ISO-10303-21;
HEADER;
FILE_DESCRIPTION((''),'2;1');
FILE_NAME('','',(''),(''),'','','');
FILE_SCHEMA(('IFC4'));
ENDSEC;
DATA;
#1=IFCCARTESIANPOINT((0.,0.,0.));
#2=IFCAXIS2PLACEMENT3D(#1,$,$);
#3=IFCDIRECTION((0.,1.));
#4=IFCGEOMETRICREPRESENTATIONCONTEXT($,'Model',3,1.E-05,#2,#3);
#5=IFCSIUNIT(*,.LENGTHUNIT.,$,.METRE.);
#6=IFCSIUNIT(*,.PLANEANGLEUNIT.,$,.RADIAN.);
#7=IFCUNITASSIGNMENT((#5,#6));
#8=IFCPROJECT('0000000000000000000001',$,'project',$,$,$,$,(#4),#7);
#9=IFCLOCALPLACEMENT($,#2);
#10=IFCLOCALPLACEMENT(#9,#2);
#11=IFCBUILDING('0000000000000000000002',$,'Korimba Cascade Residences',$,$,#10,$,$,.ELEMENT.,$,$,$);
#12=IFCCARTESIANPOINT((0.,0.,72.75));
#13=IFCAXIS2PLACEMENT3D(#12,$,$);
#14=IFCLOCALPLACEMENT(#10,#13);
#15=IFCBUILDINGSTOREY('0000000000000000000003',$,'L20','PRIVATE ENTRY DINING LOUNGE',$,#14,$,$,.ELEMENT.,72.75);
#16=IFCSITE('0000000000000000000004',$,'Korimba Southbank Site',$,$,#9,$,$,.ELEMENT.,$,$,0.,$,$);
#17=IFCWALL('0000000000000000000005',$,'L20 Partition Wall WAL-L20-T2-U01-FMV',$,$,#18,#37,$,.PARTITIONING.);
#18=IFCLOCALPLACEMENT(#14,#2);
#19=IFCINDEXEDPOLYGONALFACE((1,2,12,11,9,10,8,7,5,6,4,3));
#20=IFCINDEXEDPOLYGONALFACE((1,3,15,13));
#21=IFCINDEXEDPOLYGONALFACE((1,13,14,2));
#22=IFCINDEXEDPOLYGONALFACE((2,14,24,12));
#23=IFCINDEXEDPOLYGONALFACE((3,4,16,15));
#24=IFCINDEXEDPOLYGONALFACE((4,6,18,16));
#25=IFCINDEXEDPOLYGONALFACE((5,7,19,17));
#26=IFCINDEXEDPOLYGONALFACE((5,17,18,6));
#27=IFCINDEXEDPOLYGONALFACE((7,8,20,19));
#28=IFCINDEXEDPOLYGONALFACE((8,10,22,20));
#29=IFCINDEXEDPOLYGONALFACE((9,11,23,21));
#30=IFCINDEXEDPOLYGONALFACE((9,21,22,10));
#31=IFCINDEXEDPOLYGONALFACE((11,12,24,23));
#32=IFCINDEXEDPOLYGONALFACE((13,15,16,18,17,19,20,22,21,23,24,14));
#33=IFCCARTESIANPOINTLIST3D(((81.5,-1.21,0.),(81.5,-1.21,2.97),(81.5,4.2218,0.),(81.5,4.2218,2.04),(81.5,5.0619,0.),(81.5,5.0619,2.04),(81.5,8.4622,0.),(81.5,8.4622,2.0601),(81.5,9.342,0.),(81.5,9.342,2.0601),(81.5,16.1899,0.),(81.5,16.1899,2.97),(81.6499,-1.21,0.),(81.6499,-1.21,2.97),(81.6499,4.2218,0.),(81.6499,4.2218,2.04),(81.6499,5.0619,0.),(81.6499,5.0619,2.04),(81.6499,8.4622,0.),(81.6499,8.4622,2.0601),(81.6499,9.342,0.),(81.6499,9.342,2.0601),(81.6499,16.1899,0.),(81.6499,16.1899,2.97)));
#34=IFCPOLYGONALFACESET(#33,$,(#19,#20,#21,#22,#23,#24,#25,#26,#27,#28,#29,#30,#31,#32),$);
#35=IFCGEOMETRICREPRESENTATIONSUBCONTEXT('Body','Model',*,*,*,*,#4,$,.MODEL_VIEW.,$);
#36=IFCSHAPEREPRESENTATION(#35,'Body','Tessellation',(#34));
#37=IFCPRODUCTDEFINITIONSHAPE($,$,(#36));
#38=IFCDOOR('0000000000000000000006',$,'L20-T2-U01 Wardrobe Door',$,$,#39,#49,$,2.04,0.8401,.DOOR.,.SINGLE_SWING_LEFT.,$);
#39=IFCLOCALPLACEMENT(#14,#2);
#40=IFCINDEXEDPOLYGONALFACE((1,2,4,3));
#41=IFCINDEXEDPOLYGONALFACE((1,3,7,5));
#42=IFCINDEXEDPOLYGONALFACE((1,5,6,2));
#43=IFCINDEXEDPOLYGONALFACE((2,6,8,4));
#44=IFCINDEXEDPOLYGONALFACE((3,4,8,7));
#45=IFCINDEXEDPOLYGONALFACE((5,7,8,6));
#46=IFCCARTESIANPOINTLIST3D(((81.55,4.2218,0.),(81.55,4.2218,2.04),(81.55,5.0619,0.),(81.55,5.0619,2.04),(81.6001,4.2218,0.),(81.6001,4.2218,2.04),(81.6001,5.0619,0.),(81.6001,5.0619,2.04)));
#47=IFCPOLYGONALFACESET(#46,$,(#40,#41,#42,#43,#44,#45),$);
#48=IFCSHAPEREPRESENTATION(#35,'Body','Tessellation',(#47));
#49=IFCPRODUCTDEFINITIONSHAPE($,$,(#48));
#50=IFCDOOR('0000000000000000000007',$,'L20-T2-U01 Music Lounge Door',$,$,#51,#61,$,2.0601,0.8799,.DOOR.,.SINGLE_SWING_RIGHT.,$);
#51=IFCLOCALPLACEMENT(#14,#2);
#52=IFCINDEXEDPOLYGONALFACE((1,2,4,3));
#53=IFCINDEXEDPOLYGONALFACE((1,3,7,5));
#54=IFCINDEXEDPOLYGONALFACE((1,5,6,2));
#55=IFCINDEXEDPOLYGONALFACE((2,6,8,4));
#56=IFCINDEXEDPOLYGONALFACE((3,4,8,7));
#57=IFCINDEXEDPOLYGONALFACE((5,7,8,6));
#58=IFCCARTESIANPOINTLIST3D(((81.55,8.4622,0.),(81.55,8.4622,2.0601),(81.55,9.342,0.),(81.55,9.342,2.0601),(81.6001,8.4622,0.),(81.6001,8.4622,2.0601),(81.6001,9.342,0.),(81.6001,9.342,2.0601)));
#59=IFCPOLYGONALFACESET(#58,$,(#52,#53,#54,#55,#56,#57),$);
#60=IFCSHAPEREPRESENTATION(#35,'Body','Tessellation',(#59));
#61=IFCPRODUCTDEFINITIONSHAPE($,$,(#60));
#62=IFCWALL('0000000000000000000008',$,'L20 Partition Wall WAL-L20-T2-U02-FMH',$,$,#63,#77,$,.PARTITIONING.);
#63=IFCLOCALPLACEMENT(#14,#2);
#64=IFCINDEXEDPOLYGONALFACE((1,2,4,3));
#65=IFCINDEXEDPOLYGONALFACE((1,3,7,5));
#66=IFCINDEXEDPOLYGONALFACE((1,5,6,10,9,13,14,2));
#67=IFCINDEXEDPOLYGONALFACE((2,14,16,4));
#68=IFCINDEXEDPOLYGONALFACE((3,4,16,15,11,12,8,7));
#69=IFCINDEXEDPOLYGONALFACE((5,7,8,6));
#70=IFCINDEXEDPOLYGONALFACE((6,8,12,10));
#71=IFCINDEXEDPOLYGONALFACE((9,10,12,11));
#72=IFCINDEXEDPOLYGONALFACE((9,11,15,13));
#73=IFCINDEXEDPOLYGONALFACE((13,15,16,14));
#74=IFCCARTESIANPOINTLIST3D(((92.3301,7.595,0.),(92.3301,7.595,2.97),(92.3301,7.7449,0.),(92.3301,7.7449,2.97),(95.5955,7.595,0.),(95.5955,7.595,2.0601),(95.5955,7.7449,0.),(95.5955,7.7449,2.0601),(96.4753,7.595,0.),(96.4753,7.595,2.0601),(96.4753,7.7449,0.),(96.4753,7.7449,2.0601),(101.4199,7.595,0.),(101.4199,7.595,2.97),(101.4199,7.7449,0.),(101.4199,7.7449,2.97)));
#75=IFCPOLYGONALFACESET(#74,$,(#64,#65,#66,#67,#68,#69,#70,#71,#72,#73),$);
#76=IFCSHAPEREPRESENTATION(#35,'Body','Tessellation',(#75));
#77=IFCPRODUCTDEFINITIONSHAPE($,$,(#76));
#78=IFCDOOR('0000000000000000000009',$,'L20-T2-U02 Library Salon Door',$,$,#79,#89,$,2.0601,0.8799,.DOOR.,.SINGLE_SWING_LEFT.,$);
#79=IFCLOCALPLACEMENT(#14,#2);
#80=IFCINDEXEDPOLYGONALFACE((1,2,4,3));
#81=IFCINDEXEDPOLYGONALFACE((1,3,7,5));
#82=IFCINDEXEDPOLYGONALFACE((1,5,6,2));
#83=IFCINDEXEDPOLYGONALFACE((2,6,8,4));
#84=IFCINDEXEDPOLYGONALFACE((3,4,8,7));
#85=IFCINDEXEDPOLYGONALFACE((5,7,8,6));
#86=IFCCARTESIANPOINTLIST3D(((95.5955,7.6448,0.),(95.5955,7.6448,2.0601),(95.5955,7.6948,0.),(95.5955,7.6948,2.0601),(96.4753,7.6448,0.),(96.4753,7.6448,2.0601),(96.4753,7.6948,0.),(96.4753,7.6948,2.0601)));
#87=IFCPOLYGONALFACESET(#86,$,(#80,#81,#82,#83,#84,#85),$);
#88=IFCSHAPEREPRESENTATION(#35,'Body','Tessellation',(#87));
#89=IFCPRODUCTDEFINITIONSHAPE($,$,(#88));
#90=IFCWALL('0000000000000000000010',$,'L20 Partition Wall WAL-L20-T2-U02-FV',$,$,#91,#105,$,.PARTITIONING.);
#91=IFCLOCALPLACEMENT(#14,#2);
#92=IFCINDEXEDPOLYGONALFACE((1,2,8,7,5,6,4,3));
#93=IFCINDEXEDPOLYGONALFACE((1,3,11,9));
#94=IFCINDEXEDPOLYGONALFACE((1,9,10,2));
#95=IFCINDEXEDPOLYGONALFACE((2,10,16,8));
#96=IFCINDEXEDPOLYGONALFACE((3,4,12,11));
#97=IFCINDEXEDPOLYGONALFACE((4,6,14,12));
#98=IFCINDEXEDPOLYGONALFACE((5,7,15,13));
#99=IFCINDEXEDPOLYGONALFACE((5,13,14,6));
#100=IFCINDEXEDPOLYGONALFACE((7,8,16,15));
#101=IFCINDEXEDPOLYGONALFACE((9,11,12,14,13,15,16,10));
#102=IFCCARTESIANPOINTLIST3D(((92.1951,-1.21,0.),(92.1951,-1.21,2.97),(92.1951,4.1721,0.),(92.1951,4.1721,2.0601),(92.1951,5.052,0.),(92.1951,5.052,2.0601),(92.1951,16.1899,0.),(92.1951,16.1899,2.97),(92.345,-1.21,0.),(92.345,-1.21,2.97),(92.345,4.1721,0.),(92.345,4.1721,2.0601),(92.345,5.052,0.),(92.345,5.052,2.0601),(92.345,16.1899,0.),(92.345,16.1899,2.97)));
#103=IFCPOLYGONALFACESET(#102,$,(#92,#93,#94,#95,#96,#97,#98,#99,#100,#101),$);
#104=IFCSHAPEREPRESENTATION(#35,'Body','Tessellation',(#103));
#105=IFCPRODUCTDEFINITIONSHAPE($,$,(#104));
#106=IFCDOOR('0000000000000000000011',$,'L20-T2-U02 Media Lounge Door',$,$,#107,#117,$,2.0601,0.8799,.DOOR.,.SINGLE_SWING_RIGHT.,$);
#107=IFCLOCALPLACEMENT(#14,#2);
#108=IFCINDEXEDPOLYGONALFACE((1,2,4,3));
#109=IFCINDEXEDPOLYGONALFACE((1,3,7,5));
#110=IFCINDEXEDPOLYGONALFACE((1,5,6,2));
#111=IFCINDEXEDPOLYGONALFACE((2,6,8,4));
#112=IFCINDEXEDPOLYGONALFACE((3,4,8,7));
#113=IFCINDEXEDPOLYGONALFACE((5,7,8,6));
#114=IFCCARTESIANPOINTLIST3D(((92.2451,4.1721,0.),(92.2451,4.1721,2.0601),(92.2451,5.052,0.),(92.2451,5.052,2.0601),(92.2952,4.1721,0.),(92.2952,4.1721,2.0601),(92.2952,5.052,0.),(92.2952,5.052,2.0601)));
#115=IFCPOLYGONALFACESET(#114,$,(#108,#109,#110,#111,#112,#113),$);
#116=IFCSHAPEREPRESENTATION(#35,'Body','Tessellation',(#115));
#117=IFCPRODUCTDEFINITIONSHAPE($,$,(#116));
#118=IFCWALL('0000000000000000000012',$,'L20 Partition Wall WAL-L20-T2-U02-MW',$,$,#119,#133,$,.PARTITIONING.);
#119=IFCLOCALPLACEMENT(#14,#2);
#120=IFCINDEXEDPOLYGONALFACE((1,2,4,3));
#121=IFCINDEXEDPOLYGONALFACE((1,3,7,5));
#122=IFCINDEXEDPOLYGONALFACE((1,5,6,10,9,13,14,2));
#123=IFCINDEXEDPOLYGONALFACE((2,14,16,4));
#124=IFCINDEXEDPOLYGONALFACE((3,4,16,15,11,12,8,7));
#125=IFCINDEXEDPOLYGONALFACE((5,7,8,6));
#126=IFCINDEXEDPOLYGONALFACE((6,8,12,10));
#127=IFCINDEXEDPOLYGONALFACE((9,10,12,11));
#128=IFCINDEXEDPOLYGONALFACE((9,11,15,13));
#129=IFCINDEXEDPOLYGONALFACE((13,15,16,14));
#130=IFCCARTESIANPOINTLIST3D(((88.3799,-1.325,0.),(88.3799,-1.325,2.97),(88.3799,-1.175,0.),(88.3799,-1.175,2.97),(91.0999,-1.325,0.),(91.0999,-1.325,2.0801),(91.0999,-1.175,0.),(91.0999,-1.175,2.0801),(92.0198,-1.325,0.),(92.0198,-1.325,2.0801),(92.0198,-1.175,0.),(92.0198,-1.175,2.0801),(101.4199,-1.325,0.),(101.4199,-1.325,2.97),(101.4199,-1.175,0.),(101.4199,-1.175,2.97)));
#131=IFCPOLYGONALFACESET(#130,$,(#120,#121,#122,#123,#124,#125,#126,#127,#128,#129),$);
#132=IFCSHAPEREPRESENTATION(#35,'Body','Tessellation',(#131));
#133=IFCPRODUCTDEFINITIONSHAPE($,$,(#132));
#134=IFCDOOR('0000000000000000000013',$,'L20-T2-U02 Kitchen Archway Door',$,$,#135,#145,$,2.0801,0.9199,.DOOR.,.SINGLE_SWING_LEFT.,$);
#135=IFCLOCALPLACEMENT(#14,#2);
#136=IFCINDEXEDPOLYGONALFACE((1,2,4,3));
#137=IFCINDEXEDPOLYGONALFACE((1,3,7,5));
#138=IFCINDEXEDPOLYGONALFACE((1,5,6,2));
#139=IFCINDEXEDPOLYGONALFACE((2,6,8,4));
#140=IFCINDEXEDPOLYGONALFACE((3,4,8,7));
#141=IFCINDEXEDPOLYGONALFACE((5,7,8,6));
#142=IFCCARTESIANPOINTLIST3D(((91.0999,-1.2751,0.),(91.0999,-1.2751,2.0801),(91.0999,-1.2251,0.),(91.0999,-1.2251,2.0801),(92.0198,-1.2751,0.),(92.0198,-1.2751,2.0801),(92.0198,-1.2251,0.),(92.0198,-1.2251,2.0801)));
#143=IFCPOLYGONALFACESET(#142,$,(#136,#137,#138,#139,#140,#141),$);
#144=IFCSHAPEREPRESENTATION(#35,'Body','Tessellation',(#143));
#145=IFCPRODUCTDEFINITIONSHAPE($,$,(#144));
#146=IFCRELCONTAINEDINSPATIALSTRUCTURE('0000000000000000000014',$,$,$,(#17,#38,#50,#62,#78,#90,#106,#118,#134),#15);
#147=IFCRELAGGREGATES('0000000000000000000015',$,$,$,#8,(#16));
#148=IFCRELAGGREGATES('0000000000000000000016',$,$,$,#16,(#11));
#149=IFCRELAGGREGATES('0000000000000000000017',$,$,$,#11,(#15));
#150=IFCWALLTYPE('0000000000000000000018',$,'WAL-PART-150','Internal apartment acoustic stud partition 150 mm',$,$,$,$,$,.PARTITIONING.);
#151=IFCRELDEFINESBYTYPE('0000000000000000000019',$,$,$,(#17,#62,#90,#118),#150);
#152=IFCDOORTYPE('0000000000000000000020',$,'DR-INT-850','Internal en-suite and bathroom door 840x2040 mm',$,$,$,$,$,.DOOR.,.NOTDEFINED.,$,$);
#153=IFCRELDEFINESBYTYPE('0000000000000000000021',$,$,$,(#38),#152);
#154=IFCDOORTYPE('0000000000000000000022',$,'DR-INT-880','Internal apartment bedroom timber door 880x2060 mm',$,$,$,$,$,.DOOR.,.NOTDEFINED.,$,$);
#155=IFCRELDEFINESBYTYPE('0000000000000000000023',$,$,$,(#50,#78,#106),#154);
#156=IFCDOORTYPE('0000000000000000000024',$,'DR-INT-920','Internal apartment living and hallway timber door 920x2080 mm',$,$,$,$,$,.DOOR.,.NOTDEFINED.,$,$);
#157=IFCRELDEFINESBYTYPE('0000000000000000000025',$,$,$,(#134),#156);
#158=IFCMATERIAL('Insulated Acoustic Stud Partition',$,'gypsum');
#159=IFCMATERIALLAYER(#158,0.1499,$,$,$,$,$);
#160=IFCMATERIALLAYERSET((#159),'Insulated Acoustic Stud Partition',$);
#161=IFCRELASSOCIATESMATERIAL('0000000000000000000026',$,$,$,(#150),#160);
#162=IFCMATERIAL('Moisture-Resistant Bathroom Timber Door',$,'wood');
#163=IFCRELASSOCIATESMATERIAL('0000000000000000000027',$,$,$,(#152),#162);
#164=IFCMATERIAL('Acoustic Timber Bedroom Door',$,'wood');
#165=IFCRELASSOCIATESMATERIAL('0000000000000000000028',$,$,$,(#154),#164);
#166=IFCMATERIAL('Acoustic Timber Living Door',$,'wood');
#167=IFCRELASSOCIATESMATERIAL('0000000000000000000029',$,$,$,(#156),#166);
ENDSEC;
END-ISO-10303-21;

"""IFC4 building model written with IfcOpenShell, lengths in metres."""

from ifc_helpers import new_model, si_unit, direction, frame, frame_2d, origin, place, context, subcontext, project, spatial, rectangle, extrude, material, layer, layer_set, type_object, element, fill, save


model = new_model("IFC4")

# Units and contexts
model_context = context("Model", 3, precision=1e-05, world=origin(), true_north=direction((0.0, 1.0)))
body_context = subcontext(model_context, "Body", "Model", "MODEL_VIEW")
ifc_project = project(units=[si_unit("LENGTHUNIT", "METRE"), si_unit("PLANEANGLEUNIT", "RADIAN")], contexts=[model_context])

# Site, building, storey
site_placement = place(None, origin())
site = spatial("IfcSite", under=ifc_project, at=site_placement, Name="Korimba Southbank Site", CompositionType="ELEMENT", RefElevation=0.0)
building_placement = place(site_placement, origin())
building = spatial("IfcBuilding", under=site, at=building_placement, Name="Korimba Cascade Residences", CompositionType="ELEMENT")
storey_placement = place(building_placement, frame((0.0, 0.0, 72.75)))
storey = spatial("IfcBuildingStorey", under=building, at=storey_placement, Name="L20", Description="PRIVATE ENTRY DINING LOUNGE", CompositionType="ELEMENT", Elevation=72.75)

# Wall, openings, doors
ifc_material_1 = material(Name="Insulated Acoustic Stud Partition", Category="gypsum")
ifc_layer_1 = layer(ifc_material_1, 0.1499)
ifc_layer_set_1 = layer_set([ifc_layer_1], Name="Insulated Acoustic Stud Partition")
wall_type_1 = type_object("IfcWallType", Name="WAL-PART-150", Description="Internal apartment acoustic stud partition 150 mm", PredefinedType="PARTITIONING", material=ifc_layer_set_1)
wall_1_placement = place(storey_placement, frame((81.575, -1.21, 0.0), z_axis=(0.0, 0.0, 1.0), x_axis=(0.0, 1.0, 0.0)))
wall_1 = element("IfcWall", 1, at=wall_1_placement, inside=storey, type_object=wall_type_1, Name="L20 Partition Wall WAL-L20-T2-U01-FMV", PredefinedType="PARTITIONING", context=body_context, shape_type="SweptSolid", body=[
    extrude(rectangle(XDim=17.3999, YDim=0.1499, at=frame_2d((8.7, 0.0))), origin(), (0.0, 0.0, 1.0), 2.97),
])
opening_1_placement = place(wall_1_placement, frame((5.4319, 0.0, 0.0)))
opening_1 = element("IfcOpeningElement", 2, at=opening_1_placement, cuts=wall_1, PredefinedType="OPENING", context=body_context, shape_type="SweptSolid", body=[
    extrude(rectangle(XDim=0.8401, YDim=2.04, at=frame_2d((0.4199, 1.02))), frame((0.0, 0.085, 0.0), z_axis=(0.0, -1.0, 0.0), x_axis=(1.0, 0.0, 0.0)), (0.0, 0.0, 1.0), 0.1699),
])
opening_2_placement = place(wall_1_placement, frame((9.6721, 0.0, 0.0)))
opening_2 = element("IfcOpeningElement", 3, at=opening_2_placement, cuts=wall_1, PredefinedType="OPENING", context=body_context, shape_type="SweptSolid", body=[
    extrude(rectangle(XDim=0.8799, YDim=2.0601, at=frame_2d((0.4399, 1.03))), frame((0.0, 0.085, 0.0), z_axis=(0.0, -1.0, 0.0), x_axis=(1.0, 0.0, 0.0)), (0.0, 0.0, 1.0), 0.1699),
])
ifc_material_2 = material(Name="Moisture-Resistant Bathroom Timber Door", Category="wood")
door_type_1 = type_object("IfcDoorType", Name="DR-INT-850", Description="Internal en-suite and bathroom door 840x2040 mm", OperationType="NOTDEFINED", PredefinedType="DOOR", material=ifc_material_2)
door_1_placement = place(opening_1_placement, origin())
door_1 = element("IfcDoor", 4, at=door_1_placement, inside=storey, type_object=door_type_1, Name="L20-T2-U01 Wardrobe Door", OperationType="SINGLE_SWING_LEFT", OverallHeight=2.04, OverallWidth=0.8401, PredefinedType="DOOR", context=body_context, shape_type="SweptSolid", body=[
    extrude(rectangle(XDim=0.8401, YDim=2.04, at=frame_2d((0.4199, 1.02))), frame((0.0, 0.0249, 0.0), z_axis=(0.0, -1.0, 0.0), x_axis=(1.0, 0.0, 0.0)), (0.0, 0.0, 1.0), 0.05),
])
fill(opening_1, door_1)
ifc_material_3 = material(Name="Acoustic Timber Bedroom Door", Category="wood")
door_type_2 = type_object("IfcDoorType", Name="DR-INT-880", Description="Internal apartment bedroom timber door 880x2060 mm", OperationType="NOTDEFINED", PredefinedType="DOOR", material=ifc_material_3)
door_2_placement = place(opening_2_placement, origin())
door_2 = element("IfcDoor", 5, at=door_2_placement, inside=storey, type_object=door_type_2, Name="L20-T2-U01 Music Lounge Door", OperationType="SINGLE_SWING_RIGHT", OverallHeight=2.0601, OverallWidth=0.8799, PredefinedType="DOOR", context=body_context, shape_type="SweptSolid", body=[
    extrude(rectangle(XDim=0.8799, YDim=2.0601, at=frame_2d((0.4399, 1.03))), frame((0.0, 0.0249, 0.0), z_axis=(0.0, -1.0, 0.0), x_axis=(1.0, 0.0, 0.0)), (0.0, 0.0, 1.0), 0.05),
])
fill(opening_2, door_2)

# Walls, openings, doors
wall_2_placement = place(storey_placement, frame((92.3301, 7.6699, 0.0), z_axis=(0.0, 0.0, 1.0), x_axis=(1.0, 0.0, 0.0)))
wall_2 = element("IfcWall", 6, at=wall_2_placement, inside=storey, type_object=wall_type_1, Name="L20 Partition Wall WAL-L20-T2-U02-FMH", PredefinedType="PARTITIONING", context=body_context, shape_type="SweptSolid", body=[
    extrude(rectangle(XDim=9.0898, YDim=0.1499, at=frame_2d((4.5449, 0.0))), origin(), (0.0, 0.0, 1.0), 2.97),
])
opening_3_placement = place(wall_2_placement, frame((3.2654, 0.0, 0.0)))
opening_3 = element("IfcOpeningElement", 7, at=opening_3_placement, cuts=wall_2, PredefinedType="OPENING", context=body_context, shape_type="SweptSolid", body=[
    extrude(rectangle(XDim=0.8799, YDim=2.0601, at=frame_2d((0.4399, 1.03))), frame((0.0, 0.085, 0.0), z_axis=(0.0, -1.0, 0.0), x_axis=(1.0, 0.0, 0.0)), (0.0, 0.0, 1.0), 0.1699),
])
door_3_placement = place(opening_3_placement, origin())
door_3 = element("IfcDoor", 8, at=door_3_placement, inside=storey, type_object=door_type_2, Name="L20-T2-U02 Library Salon Door", OperationType="SINGLE_SWING_LEFT", OverallHeight=2.0601, OverallWidth=0.8799, PredefinedType="DOOR", context=body_context, shape_type="SweptSolid", body=[
    extrude(rectangle(XDim=0.8799, YDim=2.0601, at=frame_2d((0.4399, 1.03))), frame((0.0, 0.0249, 0.0), z_axis=(0.0, -1.0, 0.0), x_axis=(1.0, 0.0, 0.0)), (0.0, 0.0, 1.0), 0.05),
])
fill(opening_3, door_3)
wall_3_placement = place(storey_placement, frame((92.27, -1.21, 0.0), z_axis=(0.0, 0.0, 1.0), x_axis=(0.0, 1.0, 0.0)))
wall_3 = element("IfcWall", 9, at=wall_3_placement, inside=storey, type_object=wall_type_1, Name="L20 Partition Wall WAL-L20-T2-U02-FV", PredefinedType="PARTITIONING", context=body_context, shape_type="SweptSolid", body=[
    extrude(rectangle(XDim=17.3999, YDim=0.1499, at=frame_2d((8.7, 0.0))), origin(), (0.0, 0.0, 1.0), 2.97),
])
opening_4_placement = place(wall_3_placement, frame((5.3821, 0.0, 0.0)))
opening_4 = element("IfcOpeningElement", 10, at=opening_4_placement, cuts=wall_3, PredefinedType="OPENING", context=body_context, shape_type="SweptSolid", body=[
    extrude(rectangle(XDim=0.8799, YDim=2.0601, at=frame_2d((0.4399, 1.03))), frame((0.0, 0.085, 0.0), z_axis=(0.0, -1.0, 0.0), x_axis=(1.0, 0.0, 0.0)), (0.0, 0.0, 1.0), 0.1699),
])
door_4_placement = place(opening_4_placement, origin())
door_4 = element("IfcDoor", 11, at=door_4_placement, inside=storey, type_object=door_type_2, Name="L20-T2-U02 Media Lounge Door", OperationType="SINGLE_SWING_RIGHT", OverallHeight=2.0601, OverallWidth=0.8799, PredefinedType="DOOR", context=body_context, shape_type="SweptSolid", body=[
    extrude(rectangle(XDim=0.8799, YDim=2.0601, at=frame_2d((0.4399, 1.03))), frame((0.0, 0.0249, 0.0), z_axis=(0.0, -1.0, 0.0), x_axis=(1.0, 0.0, 0.0)), (0.0, 0.0, 1.0), 0.05),
])
fill(opening_4, door_4)
wall_4_placement = place(storey_placement, frame((88.3799, -1.25, 0.0), z_axis=(0.0, 0.0, 1.0), x_axis=(1.0, 0.0, 0.0)))
wall_4 = element("IfcWall", 12, at=wall_4_placement, inside=storey, type_object=wall_type_1, Name="L20 Partition Wall WAL-L20-T2-U02-MW", PredefinedType="PARTITIONING", context=body_context, shape_type="SweptSolid", body=[
    extrude(rectangle(XDim=13.04, YDim=0.1499, at=frame_2d((6.52, 0.0))), origin(), (0.0, 0.0, 1.0), 2.97),
])
opening_5_placement = place(wall_4_placement, frame((2.72, 0.0, 0.0)))
opening_5 = element("IfcOpeningElement", 13, at=opening_5_placement, cuts=wall_4, PredefinedType="OPENING", context=body_context, shape_type="SweptSolid", body=[
    extrude(rectangle(XDim=0.9199, YDim=2.0801, at=frame_2d((0.46, 1.04))), frame((0.0, 0.085, 0.0), z_axis=(0.0, -1.0, 0.0), x_axis=(1.0, 0.0, 0.0)), (0.0, 0.0, 1.0), 0.1699),
])
ifc_material_4 = material(Name="Acoustic Timber Living Door", Category="wood")
door_type_3 = type_object("IfcDoorType", Name="DR-INT-920", Description="Internal apartment living and hallway timber door 920x2080 mm", OperationType="NOTDEFINED", PredefinedType="DOOR", material=ifc_material_4)
door_5_placement = place(opening_5_placement, origin())
door_5 = element("IfcDoor", 14, at=door_5_placement, inside=storey, type_object=door_type_3, Name="L20-T2-U02 Kitchen Archway Door", OperationType="SINGLE_SWING_LEFT", OverallHeight=2.0801, OverallWidth=0.9199, PredefinedType="DOOR", context=body_context, shape_type="SweptSolid", body=[
    extrude(rectangle(XDim=0.9199, YDim=2.0801, at=frame_2d((0.46, 1.04))), frame((0.0, 0.0249, 0.0), z_axis=(0.0, -1.0, 0.0), x_axis=(1.0, 0.0, 0.0)), (0.0, 0.0, 1.0), 0.05),
])
fill(opening_5, door_5)

save(model, "model.ifc")
